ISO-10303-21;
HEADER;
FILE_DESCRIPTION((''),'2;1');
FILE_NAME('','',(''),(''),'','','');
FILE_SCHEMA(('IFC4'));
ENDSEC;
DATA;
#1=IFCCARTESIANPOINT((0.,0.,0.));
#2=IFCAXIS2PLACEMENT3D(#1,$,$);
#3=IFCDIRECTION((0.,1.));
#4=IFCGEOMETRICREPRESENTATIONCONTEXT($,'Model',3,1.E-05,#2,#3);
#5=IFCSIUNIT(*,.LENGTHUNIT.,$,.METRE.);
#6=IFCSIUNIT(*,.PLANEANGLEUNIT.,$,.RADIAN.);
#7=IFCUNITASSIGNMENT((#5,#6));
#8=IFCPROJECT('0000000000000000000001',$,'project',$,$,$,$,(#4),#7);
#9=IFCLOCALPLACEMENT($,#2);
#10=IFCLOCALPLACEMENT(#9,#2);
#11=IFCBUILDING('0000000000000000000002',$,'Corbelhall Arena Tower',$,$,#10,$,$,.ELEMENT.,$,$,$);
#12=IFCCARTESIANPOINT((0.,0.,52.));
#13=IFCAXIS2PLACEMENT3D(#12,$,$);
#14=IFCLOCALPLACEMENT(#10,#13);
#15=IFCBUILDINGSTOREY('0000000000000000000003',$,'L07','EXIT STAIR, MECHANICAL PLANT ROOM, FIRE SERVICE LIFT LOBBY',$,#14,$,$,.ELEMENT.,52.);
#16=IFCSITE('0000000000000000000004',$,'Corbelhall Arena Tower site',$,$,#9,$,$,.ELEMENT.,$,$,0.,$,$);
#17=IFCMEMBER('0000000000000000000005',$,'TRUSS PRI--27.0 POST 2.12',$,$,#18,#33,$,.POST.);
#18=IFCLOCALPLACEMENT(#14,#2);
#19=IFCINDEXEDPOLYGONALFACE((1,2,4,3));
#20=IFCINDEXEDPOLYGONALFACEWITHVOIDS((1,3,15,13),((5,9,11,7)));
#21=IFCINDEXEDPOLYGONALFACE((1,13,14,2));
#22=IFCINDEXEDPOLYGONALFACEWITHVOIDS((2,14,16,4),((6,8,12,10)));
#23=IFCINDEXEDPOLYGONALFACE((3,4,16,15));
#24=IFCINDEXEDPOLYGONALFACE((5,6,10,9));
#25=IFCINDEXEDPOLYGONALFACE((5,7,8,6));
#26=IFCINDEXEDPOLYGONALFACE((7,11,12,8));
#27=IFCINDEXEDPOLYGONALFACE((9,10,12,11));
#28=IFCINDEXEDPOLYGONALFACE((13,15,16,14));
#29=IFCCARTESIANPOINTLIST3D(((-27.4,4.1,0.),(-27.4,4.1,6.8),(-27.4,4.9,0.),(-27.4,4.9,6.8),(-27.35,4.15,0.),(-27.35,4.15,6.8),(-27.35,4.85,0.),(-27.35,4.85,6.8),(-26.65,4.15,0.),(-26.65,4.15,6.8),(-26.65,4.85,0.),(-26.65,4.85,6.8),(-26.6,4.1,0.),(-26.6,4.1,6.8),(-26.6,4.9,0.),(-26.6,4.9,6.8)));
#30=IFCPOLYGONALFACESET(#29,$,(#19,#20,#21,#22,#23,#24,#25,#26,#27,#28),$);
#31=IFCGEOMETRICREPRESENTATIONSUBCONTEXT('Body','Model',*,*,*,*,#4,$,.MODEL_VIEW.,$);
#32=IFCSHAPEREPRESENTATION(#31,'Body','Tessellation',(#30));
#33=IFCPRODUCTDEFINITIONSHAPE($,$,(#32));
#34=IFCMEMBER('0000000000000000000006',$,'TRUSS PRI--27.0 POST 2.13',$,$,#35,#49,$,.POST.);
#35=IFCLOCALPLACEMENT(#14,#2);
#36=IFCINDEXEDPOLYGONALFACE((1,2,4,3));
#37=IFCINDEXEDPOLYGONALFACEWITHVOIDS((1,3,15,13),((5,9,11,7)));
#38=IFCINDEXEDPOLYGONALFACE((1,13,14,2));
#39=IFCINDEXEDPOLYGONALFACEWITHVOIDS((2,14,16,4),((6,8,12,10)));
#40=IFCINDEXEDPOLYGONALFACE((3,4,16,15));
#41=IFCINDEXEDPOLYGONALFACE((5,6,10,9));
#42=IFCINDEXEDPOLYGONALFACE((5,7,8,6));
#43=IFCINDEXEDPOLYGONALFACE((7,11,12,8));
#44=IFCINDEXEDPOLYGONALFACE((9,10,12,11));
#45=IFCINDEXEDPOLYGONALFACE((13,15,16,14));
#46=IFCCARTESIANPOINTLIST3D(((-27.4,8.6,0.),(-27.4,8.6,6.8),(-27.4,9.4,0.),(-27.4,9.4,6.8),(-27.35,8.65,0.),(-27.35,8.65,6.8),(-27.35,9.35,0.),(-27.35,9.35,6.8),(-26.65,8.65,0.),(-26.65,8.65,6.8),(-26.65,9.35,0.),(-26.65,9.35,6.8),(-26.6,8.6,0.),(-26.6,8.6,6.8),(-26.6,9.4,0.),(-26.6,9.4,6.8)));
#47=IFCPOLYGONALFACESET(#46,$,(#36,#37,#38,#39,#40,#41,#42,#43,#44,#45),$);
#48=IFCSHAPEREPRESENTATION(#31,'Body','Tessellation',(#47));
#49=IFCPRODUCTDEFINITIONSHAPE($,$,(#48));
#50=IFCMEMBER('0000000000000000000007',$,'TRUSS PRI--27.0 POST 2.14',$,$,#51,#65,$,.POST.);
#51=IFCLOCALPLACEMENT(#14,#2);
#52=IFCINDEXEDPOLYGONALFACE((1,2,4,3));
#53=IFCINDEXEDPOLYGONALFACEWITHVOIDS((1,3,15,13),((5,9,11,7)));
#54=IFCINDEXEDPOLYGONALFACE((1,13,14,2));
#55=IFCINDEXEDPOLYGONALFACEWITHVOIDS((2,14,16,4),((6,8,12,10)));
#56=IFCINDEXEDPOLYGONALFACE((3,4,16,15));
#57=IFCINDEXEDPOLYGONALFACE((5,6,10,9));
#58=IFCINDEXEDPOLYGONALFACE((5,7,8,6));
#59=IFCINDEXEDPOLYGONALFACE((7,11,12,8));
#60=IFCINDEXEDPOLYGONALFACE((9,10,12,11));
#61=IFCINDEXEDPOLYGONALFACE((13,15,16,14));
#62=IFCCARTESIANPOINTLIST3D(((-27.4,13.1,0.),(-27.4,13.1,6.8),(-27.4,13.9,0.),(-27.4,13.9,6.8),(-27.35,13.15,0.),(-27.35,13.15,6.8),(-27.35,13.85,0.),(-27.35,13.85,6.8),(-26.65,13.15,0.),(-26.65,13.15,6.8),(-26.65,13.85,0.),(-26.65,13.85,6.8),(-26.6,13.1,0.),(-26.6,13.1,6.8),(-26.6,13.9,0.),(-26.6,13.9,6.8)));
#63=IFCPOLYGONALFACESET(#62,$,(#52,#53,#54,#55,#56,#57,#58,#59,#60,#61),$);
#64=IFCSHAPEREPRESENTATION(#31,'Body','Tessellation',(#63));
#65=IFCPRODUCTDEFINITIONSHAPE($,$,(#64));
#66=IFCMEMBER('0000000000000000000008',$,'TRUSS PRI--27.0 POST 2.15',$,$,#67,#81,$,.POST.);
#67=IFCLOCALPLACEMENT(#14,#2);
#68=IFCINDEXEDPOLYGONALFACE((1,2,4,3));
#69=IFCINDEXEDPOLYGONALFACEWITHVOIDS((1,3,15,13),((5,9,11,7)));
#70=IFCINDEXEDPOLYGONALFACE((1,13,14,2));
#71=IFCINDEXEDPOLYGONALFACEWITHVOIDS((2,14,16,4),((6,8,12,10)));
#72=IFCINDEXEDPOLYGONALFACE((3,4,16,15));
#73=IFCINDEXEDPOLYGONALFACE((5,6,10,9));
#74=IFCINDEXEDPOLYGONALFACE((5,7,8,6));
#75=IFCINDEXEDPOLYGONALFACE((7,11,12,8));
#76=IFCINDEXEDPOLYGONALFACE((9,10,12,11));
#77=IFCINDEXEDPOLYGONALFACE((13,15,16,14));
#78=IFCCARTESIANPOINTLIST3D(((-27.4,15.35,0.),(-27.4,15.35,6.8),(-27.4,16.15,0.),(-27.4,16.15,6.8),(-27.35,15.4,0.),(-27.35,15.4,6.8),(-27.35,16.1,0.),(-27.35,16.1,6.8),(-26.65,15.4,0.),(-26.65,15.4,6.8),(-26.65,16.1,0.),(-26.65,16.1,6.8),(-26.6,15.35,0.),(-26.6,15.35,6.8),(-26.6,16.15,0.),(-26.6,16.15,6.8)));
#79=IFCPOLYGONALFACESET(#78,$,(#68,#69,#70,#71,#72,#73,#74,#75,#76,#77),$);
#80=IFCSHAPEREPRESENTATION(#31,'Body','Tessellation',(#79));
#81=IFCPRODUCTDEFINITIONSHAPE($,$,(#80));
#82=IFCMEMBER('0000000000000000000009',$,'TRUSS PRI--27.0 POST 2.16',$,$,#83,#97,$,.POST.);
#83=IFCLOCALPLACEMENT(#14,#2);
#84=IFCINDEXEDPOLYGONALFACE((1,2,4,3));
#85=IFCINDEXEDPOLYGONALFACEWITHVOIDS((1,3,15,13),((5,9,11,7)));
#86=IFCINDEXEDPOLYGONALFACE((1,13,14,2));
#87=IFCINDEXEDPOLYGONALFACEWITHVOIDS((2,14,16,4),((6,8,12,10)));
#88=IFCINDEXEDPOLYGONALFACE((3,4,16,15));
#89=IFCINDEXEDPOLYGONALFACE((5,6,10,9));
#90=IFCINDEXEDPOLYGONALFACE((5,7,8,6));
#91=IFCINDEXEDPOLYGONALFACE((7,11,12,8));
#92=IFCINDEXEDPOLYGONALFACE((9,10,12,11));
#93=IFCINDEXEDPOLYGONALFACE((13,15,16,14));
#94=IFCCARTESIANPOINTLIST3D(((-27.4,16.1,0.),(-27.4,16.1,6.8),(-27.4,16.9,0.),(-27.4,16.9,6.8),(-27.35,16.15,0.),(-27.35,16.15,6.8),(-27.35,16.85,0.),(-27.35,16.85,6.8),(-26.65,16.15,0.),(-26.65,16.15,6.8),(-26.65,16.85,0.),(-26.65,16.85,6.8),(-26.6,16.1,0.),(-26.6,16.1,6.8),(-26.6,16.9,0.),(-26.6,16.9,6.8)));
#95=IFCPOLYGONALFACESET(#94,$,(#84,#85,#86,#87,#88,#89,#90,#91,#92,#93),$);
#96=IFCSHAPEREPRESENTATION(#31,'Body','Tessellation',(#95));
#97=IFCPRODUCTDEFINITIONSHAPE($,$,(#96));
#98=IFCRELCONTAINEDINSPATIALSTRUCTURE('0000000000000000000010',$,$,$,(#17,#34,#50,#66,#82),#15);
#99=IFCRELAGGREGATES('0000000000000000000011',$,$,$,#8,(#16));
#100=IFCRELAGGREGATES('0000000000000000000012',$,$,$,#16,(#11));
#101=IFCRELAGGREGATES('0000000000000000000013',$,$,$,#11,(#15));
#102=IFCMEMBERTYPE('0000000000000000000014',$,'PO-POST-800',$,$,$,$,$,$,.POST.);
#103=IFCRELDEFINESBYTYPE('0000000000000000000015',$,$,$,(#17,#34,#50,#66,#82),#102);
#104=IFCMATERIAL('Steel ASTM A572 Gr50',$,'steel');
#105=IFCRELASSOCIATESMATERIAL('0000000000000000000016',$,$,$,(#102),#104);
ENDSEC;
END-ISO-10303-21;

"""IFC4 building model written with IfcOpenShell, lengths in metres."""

from ifc_helpers import new_model, si_unit, direction, frame, origin, origin_2d, place, context, subcontext, project, spatial, hollow_rectangle, extrude, material, material_profile, profile_set, type_object, element, save


model = new_model("IFC4")

# Units and contexts
model_context = context("Model", 3, precision=1e-05, world=origin(), true_north=direction((0.0, 1.0)))
body_context = subcontext(model_context, "Body", "Model", "MODEL_VIEW")
ifc_project = project(units=[si_unit("LENGTHUNIT", "METRE"), si_unit("PLANEANGLEUNIT", "RADIAN")], contexts=[model_context])

# Site, building, storey
site_placement = place(None, origin())
site = spatial("IfcSite", under=ifc_project, at=site_placement, Name="Corbelhall Arena Tower site", CompositionType="ELEMENT", RefElevation=0.0)
building_placement = place(site_placement, origin())
building = spatial("IfcBuilding", under=site, at=building_placement, Name="Corbelhall Arena Tower", CompositionType="ELEMENT")
storey_placement = place(building_placement, frame((0.0, 0.0, 52.0)))
storey = spatial("IfcBuildingStorey", under=building, at=storey_placement, Name="L07", Description="EXIT STAIR, MECHANICAL PLANT ROOM, FIRE SERVICE LIFT LOBBY", CompositionType="ELEMENT", Elevation=52.0)

# Members
ifc_material = material(Name="Steel ASTM A572 Gr50", Category="steel")
ifc_material_profile_1 = material_profile(ifc_material, hollow_rectangle(XDim=0.8, YDim=0.8, WallThickness=0.05, at=origin_2d()))
ifc_profile_set_1 = profile_set([ifc_material_profile_1], Name="Steel ASTM A572 Gr50")
member_type_1 = type_object("IfcMemberType", Name="PO-POST-800", PredefinedType="POST", material=ifc_profile_set_1)
for number, where, z_axis, x_axis, name in (
    (1, (-27.0, 4.5, 0.0), (0.0, 0.0, 1.0), (1.0, 0.0, 0.0), "TRUSS PRI--27.0 POST 2.12"),
    (2, (-27.0, 9.0, 0.0), (0.0, 0.0, 1.0), (1.0, 0.0, 0.0), "TRUSS PRI--27.0 POST 2.13"),
    (3, (-27.0, 13.5, 0.0), (0.0, 0.0, 1.0), (1.0, 0.0, 0.0), "TRUSS PRI--27.0 POST 2.14"),
    (4, (-27.0, 15.75, 0.0), (0.0, 0.0, 1.0), (1.0, 0.0, 0.0), "TRUSS PRI--27.0 POST 2.15"),
    (5, (-27.0, 16.5, 0.0), (0.0, 0.0, 1.0), (1.0, 0.0, 0.0), "TRUSS PRI--27.0 POST 2.16"),
):
    element("IfcMember", number, at=place(storey_placement, frame(where, z_axis=z_axis, x_axis=x_axis)), inside=storey, type_object=member_type_1, Name=name, PredefinedType="POST", context=body_context, shape_type="SweptSolid", body=[
        extrude(hollow_rectangle(XDim=0.8, YDim=0.8, WallThickness=0.05, at=origin_2d()), origin(), (0.0, 0.0, 1.0), 6.8),
    ])

save(model, "model.ifc")
